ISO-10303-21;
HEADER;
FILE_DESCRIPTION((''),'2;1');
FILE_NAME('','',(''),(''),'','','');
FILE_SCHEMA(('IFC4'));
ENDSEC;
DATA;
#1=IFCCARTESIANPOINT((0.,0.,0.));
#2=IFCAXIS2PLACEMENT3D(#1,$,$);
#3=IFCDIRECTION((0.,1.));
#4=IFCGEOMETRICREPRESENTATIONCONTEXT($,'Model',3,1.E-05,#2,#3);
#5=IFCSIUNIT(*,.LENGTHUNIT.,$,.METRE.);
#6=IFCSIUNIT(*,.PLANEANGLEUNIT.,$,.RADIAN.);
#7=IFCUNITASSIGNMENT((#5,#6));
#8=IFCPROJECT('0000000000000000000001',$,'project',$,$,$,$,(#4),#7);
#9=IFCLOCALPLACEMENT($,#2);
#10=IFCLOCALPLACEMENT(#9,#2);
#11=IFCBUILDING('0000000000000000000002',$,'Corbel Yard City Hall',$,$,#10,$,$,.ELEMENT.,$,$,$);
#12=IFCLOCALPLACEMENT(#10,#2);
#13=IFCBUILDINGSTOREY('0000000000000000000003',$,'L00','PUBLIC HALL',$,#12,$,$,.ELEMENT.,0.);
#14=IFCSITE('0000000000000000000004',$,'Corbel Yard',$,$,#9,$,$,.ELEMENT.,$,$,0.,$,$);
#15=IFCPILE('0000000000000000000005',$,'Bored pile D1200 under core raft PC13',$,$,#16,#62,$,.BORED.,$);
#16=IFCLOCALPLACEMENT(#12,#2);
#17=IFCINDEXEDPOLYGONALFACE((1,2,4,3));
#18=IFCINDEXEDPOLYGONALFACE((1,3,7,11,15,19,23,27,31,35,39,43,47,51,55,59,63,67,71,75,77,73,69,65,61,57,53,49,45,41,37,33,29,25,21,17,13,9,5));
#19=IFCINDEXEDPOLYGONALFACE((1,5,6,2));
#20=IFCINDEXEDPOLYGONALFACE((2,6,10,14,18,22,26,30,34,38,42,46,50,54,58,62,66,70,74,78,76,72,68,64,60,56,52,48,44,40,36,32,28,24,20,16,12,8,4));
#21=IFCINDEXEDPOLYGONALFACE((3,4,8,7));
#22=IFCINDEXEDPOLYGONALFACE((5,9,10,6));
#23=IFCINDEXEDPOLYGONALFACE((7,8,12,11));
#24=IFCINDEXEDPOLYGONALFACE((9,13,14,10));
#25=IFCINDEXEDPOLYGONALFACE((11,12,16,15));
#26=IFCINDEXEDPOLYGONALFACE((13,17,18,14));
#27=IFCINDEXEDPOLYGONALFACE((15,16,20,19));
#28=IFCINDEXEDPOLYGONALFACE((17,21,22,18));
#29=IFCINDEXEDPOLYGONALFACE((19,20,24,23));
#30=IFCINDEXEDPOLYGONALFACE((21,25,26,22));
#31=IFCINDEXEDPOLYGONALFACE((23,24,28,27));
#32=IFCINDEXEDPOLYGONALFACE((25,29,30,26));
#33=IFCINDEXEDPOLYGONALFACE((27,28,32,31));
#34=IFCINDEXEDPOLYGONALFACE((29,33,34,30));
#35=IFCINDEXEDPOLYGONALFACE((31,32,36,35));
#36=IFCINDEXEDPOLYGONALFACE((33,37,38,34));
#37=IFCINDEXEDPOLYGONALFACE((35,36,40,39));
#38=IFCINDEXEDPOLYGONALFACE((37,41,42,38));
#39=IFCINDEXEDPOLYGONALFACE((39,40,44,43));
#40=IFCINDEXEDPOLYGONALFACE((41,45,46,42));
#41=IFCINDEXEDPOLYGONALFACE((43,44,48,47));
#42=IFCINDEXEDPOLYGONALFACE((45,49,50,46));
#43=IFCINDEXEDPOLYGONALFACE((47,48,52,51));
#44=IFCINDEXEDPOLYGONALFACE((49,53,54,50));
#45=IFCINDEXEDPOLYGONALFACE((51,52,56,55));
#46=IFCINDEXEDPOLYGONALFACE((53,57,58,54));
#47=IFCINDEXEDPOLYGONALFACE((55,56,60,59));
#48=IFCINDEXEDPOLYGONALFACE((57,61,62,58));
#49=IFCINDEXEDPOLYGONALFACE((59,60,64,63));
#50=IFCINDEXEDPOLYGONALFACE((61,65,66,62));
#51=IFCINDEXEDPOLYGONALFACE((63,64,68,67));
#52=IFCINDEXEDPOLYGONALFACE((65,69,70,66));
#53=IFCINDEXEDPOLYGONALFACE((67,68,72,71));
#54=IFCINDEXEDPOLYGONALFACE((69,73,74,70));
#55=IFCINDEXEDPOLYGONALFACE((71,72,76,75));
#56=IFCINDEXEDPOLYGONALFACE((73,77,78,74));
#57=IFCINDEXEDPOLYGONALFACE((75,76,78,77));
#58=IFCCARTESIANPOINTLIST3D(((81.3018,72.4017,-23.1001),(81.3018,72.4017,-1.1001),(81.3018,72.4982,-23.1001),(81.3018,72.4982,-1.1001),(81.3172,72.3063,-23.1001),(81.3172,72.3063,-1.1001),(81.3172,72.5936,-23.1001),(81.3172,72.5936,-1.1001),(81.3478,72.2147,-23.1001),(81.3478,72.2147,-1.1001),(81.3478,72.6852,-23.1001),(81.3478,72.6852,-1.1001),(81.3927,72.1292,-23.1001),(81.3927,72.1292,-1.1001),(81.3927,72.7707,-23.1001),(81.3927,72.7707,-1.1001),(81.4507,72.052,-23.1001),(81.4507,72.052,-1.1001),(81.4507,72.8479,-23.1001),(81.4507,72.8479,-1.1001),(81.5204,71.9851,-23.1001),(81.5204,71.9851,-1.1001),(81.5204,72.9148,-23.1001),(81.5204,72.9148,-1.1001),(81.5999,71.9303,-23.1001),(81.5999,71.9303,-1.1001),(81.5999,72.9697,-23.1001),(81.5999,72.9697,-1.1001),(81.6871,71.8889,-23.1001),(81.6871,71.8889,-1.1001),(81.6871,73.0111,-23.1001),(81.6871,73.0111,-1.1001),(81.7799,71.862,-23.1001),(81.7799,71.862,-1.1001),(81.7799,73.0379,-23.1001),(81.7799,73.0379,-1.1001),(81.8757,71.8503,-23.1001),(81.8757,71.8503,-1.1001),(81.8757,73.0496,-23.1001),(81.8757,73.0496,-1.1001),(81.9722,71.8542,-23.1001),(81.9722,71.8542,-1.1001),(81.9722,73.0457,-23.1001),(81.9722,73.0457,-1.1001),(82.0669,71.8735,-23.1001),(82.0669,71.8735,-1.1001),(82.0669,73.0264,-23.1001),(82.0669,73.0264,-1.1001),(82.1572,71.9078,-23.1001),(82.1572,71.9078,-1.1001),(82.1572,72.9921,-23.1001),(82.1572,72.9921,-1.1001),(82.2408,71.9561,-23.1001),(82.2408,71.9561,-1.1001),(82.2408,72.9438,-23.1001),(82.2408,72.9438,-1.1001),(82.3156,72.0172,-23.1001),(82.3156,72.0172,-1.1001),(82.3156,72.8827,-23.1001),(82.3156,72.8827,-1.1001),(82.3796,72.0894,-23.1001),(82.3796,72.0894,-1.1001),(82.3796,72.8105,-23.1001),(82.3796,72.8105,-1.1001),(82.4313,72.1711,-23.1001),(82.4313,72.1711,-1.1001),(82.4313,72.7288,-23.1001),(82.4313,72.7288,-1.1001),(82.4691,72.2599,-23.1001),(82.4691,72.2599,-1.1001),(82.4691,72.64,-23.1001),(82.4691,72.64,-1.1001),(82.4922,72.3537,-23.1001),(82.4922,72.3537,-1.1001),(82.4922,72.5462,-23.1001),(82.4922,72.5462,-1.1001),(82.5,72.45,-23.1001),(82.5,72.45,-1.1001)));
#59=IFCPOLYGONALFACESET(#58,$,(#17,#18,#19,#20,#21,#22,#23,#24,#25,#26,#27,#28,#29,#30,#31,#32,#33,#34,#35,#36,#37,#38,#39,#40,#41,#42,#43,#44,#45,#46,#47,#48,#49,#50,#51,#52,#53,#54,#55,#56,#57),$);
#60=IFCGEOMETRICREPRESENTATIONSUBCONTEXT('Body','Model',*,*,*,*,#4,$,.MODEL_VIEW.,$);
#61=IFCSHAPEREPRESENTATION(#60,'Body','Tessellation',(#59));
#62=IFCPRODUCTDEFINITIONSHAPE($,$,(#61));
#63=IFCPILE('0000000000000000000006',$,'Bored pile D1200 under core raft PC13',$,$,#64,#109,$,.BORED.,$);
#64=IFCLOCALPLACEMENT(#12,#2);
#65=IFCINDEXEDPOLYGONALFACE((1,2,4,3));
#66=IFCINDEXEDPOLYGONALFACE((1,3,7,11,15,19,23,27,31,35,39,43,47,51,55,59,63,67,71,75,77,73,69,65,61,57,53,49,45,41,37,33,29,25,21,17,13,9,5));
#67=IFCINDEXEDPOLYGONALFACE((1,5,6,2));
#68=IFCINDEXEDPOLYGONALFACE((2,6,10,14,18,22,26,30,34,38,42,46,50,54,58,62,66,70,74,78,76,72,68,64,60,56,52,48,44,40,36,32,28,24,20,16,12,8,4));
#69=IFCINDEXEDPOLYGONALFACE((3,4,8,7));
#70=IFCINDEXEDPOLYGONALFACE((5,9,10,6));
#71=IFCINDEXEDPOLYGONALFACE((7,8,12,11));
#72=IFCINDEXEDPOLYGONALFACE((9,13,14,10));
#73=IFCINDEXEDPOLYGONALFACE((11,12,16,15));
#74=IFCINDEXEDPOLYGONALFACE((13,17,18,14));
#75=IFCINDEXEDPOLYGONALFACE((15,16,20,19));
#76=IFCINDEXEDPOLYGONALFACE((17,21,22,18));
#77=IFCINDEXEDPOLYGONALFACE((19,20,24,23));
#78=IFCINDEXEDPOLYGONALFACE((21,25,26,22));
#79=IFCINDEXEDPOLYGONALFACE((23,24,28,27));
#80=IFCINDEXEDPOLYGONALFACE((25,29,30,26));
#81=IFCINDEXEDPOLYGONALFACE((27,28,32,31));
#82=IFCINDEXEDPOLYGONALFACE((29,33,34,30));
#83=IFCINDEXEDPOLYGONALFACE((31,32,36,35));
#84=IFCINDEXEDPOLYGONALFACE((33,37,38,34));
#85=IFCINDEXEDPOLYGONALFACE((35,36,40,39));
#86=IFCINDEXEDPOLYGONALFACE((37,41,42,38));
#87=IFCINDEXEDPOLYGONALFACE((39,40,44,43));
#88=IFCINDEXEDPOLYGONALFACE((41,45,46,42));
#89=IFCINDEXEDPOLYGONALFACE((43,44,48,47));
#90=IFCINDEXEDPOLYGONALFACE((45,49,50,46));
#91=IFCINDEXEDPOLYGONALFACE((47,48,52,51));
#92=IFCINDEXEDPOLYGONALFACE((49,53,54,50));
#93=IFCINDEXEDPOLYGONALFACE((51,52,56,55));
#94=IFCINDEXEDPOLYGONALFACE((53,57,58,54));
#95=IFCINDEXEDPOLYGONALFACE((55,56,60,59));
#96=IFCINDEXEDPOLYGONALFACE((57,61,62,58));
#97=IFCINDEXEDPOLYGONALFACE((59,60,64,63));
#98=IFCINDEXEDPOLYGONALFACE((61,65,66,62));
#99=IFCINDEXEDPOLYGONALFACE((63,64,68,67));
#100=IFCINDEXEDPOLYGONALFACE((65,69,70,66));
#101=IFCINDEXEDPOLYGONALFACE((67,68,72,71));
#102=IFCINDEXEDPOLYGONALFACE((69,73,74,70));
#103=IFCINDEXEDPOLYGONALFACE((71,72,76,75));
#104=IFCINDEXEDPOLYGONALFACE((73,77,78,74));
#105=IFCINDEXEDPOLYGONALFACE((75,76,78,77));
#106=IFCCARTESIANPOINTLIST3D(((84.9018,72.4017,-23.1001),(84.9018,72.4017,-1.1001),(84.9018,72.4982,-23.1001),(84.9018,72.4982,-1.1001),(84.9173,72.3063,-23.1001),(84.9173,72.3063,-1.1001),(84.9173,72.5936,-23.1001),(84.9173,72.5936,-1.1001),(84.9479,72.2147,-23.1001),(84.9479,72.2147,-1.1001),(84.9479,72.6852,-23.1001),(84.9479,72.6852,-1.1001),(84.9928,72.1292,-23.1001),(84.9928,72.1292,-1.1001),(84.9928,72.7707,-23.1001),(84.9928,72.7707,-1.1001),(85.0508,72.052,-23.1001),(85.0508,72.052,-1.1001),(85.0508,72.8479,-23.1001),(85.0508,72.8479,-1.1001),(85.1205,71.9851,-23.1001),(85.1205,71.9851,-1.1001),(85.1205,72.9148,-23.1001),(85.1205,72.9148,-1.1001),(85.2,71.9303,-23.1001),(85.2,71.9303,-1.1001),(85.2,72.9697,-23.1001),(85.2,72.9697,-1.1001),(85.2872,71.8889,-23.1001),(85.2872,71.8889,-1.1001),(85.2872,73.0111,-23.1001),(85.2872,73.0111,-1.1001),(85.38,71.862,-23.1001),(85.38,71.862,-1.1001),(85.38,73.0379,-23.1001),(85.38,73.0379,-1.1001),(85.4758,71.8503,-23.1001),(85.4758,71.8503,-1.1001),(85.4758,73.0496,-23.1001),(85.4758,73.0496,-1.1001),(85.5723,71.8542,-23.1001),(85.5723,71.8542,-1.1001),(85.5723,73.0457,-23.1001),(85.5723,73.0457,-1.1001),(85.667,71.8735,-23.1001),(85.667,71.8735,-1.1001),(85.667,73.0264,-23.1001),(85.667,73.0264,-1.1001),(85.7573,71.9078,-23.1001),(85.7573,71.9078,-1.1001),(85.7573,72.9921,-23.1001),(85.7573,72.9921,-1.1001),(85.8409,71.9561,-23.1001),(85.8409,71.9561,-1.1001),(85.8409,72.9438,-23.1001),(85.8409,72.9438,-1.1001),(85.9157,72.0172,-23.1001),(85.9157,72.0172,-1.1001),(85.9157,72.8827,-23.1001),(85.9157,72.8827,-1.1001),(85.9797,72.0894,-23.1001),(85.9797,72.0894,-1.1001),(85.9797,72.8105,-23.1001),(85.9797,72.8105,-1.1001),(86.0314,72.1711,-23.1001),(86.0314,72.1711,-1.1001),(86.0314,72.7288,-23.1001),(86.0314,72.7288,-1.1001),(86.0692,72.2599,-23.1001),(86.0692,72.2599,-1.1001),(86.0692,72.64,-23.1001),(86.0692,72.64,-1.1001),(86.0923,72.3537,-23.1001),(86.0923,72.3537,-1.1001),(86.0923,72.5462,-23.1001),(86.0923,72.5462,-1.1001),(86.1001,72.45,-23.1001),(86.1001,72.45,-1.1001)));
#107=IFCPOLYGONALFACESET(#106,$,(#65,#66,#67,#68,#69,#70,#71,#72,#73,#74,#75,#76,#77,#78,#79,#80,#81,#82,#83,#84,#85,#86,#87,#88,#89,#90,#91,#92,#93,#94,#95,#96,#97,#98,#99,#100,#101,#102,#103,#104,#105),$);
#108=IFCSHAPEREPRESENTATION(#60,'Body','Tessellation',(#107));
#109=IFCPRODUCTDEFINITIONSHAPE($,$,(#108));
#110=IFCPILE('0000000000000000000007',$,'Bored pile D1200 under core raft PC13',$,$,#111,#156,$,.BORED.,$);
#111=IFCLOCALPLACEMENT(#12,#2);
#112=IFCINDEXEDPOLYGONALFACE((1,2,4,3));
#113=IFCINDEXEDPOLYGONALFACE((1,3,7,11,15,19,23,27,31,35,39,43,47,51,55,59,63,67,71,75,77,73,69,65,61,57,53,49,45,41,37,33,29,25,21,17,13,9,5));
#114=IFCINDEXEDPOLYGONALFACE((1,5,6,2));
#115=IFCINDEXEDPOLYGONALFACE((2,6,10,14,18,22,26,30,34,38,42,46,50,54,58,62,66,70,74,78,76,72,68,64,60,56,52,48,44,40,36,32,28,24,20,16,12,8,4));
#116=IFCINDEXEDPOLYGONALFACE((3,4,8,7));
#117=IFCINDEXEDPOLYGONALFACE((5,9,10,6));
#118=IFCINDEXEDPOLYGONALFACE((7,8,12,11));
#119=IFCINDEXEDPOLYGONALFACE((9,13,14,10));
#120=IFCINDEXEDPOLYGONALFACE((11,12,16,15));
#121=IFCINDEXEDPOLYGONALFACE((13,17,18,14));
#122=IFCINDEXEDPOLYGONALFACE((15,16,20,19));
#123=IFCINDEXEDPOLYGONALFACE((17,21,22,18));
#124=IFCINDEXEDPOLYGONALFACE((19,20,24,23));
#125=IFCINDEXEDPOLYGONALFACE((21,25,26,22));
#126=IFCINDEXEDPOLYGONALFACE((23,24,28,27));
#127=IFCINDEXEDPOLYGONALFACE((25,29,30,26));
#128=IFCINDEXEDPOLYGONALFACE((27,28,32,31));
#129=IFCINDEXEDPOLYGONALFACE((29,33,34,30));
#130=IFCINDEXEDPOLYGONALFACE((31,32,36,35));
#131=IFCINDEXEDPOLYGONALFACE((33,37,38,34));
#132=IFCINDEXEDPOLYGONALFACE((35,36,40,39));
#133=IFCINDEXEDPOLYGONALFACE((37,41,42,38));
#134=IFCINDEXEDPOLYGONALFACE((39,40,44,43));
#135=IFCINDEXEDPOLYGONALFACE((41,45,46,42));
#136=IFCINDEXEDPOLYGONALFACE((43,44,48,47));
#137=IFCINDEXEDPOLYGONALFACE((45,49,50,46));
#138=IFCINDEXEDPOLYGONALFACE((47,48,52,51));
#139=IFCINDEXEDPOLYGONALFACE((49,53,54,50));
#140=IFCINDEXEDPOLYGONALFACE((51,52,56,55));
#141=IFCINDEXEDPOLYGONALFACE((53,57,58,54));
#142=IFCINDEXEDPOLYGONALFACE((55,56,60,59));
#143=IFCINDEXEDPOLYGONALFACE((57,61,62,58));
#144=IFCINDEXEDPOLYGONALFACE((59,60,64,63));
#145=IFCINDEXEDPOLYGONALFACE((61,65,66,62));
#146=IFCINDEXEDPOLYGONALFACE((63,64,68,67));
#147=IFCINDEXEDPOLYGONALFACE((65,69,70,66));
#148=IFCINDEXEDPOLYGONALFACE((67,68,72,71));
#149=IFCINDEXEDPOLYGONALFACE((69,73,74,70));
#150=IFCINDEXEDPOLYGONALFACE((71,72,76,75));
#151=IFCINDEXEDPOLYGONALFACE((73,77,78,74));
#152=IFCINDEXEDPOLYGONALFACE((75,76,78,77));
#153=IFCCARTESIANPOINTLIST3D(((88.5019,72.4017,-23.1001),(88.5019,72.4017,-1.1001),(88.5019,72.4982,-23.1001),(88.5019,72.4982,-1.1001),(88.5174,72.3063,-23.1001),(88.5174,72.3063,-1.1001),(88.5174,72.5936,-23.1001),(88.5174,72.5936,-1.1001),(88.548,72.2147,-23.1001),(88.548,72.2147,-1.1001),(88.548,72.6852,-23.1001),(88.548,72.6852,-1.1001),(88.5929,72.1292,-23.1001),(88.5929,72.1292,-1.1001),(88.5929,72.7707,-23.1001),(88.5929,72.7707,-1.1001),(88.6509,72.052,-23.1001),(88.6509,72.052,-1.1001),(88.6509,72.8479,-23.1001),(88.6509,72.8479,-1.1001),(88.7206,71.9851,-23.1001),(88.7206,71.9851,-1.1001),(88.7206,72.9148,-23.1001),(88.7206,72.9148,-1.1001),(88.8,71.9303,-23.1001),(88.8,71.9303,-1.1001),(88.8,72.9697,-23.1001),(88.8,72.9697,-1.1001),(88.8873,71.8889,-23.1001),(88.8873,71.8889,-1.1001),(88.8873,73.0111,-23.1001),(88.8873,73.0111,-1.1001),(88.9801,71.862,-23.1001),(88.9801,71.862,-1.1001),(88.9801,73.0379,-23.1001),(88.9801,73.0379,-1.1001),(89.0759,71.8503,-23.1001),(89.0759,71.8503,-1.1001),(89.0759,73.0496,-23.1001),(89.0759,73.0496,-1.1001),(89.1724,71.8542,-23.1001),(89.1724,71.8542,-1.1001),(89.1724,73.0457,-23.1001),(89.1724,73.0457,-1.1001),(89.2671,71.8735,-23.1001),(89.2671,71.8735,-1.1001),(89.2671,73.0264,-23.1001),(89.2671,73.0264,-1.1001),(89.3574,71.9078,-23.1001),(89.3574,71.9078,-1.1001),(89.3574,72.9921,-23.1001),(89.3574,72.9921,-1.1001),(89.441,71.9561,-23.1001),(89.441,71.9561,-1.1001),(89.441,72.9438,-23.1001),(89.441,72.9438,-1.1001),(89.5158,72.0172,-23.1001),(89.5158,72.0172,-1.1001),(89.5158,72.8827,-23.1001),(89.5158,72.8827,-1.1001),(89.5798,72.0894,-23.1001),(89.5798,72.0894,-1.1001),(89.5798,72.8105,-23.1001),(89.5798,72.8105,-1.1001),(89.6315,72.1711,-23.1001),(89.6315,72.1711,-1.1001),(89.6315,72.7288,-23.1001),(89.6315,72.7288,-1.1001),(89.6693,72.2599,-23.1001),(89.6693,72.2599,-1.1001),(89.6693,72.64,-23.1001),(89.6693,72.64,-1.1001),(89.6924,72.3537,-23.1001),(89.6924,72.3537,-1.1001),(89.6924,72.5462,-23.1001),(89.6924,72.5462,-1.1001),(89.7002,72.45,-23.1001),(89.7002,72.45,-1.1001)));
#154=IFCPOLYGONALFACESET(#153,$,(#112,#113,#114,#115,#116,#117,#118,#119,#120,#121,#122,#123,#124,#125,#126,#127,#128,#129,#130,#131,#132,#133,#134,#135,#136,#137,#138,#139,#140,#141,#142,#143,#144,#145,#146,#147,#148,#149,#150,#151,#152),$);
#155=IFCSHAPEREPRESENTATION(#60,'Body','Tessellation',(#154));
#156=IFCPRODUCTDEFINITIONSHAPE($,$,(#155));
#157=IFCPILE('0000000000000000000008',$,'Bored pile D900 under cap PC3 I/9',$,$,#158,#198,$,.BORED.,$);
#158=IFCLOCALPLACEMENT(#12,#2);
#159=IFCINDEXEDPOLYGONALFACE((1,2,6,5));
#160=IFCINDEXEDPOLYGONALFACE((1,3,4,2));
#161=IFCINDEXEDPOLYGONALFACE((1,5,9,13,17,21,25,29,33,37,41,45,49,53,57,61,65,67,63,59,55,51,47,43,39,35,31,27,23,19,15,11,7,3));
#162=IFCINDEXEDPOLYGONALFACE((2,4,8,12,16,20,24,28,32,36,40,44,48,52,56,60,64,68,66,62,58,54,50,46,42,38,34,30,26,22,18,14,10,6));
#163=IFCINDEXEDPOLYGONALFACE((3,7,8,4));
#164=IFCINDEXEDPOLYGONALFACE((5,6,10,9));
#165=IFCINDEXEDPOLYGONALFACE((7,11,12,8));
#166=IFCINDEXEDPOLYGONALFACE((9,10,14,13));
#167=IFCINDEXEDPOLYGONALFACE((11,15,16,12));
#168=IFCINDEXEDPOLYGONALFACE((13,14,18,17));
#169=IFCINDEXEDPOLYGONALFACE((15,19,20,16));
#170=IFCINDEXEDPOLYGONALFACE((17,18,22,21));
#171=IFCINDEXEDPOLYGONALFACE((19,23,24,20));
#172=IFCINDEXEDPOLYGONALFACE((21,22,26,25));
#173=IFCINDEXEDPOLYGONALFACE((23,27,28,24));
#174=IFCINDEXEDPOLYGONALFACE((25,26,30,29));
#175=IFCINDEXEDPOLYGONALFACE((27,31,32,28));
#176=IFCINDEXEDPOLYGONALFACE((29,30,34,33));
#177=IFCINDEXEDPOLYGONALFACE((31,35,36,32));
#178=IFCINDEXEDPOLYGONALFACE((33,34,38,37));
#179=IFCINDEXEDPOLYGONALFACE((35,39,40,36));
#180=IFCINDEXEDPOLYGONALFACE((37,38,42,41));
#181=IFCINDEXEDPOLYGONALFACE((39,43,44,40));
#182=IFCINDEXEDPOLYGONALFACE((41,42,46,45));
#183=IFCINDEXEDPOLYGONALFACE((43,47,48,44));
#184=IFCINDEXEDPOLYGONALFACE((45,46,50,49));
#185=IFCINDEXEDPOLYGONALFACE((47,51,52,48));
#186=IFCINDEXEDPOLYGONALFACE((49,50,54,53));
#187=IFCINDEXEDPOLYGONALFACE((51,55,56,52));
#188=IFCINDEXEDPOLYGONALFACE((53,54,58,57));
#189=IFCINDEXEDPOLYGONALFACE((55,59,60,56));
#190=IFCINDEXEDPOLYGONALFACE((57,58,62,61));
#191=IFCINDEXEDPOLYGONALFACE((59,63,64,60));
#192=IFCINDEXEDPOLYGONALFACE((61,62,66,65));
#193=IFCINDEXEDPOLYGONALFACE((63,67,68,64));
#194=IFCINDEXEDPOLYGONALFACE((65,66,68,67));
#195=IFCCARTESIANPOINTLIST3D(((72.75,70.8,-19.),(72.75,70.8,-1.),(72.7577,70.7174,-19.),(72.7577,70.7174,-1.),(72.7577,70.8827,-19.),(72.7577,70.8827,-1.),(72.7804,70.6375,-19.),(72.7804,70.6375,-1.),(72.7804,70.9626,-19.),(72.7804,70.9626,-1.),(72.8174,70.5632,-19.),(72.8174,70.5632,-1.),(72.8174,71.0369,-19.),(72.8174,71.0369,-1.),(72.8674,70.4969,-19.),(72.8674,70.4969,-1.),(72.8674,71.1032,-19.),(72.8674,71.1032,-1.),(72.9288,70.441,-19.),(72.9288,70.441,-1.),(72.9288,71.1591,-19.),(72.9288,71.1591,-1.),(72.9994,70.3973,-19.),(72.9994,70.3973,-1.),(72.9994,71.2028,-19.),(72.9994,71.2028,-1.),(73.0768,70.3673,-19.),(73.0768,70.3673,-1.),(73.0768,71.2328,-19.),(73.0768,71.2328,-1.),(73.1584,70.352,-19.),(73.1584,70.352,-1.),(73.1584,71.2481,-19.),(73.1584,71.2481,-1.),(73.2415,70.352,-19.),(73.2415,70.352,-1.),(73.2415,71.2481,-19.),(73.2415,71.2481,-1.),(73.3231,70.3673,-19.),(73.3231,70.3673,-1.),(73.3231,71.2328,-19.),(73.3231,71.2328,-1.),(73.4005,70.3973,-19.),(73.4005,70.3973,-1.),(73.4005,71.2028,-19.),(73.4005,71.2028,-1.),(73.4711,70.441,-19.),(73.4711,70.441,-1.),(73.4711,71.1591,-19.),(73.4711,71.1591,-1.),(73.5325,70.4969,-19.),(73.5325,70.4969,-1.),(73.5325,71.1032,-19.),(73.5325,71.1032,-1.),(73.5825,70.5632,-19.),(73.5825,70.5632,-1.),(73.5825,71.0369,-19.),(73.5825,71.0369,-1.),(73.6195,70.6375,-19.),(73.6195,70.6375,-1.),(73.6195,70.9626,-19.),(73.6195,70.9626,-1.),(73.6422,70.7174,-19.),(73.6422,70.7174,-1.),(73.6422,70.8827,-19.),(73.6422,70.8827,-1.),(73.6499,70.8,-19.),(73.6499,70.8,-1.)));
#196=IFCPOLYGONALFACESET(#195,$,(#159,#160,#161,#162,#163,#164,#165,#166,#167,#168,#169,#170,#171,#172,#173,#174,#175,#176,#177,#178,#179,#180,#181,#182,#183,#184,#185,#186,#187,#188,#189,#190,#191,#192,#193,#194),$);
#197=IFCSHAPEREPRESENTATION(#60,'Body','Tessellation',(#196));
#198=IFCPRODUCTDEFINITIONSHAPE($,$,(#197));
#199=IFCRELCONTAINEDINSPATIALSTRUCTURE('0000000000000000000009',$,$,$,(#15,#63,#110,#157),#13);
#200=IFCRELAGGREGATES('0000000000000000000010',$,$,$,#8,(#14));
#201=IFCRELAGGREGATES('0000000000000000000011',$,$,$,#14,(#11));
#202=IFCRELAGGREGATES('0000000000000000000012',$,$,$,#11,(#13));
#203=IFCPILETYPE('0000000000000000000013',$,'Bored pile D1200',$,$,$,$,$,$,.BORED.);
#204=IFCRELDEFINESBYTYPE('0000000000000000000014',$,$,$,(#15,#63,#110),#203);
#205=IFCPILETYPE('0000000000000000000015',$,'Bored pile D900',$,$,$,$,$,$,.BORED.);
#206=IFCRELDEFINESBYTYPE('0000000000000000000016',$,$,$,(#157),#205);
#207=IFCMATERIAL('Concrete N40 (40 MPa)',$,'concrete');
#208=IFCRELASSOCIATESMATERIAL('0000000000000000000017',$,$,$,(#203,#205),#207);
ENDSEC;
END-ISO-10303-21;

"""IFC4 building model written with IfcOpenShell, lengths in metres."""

from ifc_helpers import new_model, si_unit, direction, frame, origin, origin_2d, place, context, subcontext, project, spatial, circle, extrude, material, material_profile, profile_set, type_object, element, save


model = new_model("IFC4")

# Units and contexts
model_context = context("Model", 3, precision=1e-05, world=origin(), true_north=direction((0.0, 1.0)))
body_context = subcontext(model_context, "Body", "Model", "MODEL_VIEW")
ifc_project = project(units=[si_unit("LENGTHUNIT", "METRE"), si_unit("PLANEANGLEUNIT", "RADIAN")], contexts=[model_context])

# Site, building, storey
site_placement = place(None, origin())
site = spatial("IfcSite", under=ifc_project, at=site_placement, Name="Corbel Yard", CompositionType="ELEMENT", RefElevation=0.0)
building_placement = place(site_placement, origin())
building = spatial("IfcBuilding", under=site, at=building_placement, Name="Corbel Yard City Hall", CompositionType="ELEMENT")
storey_placement = place(building_placement, origin())
storey = spatial("IfcBuildingStorey", under=building, at=storey_placement, Name="L00", Description="PUBLIC HALL", CompositionType="ELEMENT", Elevation=0.0)

# Piles
ifc_material_1 = material(Name="Concrete N40 (40 MPa)", Category="concrete")
ifc_material_profile_1 = material_profile(ifc_material_1, circle(Radius=0.6001, at=origin_2d()), Name="D1200")
ifc_profile_set_1 = profile_set([ifc_material_profile_1], Name="Concrete N40 (40 MPa)")
pile_type_1 = type_object("IfcPileType", Name="Bored pile D1200", PredefinedType="BORED", material=ifc_profile_set_1)
for number, where, z_axis, x_axis, name in (
    (1, (81.8999, 72.45, -1.1001), (0.0, 0.0, -1.0), (1.0, 0.0, 0.0), "Bored pile D1200 under core raft PC13"),
    (2, (85.5, 72.45, -1.1001), (0.0, 0.0, -1.0), (1.0, 0.0, 0.0), "Bored pile D1200 under core raft PC13"),
    (3, (89.1001, 72.45, -1.1001), (0.0, 0.0, -1.0), (1.0, 0.0, 0.0), "Bored pile D1200 under core raft PC13"),
):
    element("IfcPile", number, at=place(storey_placement, frame(where, z_axis=z_axis, x_axis=x_axis)), inside=storey, type_object=pile_type_1, Name=name, PredefinedType="BORED", context=body_context, shape_type="SweptSolid", body=[
        extrude(circle(Radius=0.6001, at=origin_2d()), origin(), (0.0, 0.0, 1.0), 22.0),
    ])
ifc_material_profile_2 = material_profile(ifc_material_1, circle(Radius=0.45, at=origin_2d()), Name="D900")
ifc_profile_set_2 = profile_set([ifc_material_profile_2], Name="Concrete N40 (40 MPa)")
pile_type_2 = type_object("IfcPileType", Name="Bored pile D900", PredefinedType="BORED", material=ifc_profile_set_2)
for number, where, z_axis, x_axis, name in (
    (4, (73.2, 70.8, -1.0), (0.0, 0.0, -1.0), (1.0, 0.0, 0.0), "Bored pile D900 under cap PC3 I/9"),
):
    element("IfcPile", number, at=place(storey_placement, frame(where, z_axis=z_axis, x_axis=x_axis)), inside=storey, type_object=pile_type_2, Name=name, PredefinedType="BORED", context=body_context, shape_type="SweptSolid", body=[
        extrude(circle(Radius=0.45, at=origin_2d()), origin(), (0.0, 0.0, 1.0), 18.0),
    ])

save(model, "model.ifc")
